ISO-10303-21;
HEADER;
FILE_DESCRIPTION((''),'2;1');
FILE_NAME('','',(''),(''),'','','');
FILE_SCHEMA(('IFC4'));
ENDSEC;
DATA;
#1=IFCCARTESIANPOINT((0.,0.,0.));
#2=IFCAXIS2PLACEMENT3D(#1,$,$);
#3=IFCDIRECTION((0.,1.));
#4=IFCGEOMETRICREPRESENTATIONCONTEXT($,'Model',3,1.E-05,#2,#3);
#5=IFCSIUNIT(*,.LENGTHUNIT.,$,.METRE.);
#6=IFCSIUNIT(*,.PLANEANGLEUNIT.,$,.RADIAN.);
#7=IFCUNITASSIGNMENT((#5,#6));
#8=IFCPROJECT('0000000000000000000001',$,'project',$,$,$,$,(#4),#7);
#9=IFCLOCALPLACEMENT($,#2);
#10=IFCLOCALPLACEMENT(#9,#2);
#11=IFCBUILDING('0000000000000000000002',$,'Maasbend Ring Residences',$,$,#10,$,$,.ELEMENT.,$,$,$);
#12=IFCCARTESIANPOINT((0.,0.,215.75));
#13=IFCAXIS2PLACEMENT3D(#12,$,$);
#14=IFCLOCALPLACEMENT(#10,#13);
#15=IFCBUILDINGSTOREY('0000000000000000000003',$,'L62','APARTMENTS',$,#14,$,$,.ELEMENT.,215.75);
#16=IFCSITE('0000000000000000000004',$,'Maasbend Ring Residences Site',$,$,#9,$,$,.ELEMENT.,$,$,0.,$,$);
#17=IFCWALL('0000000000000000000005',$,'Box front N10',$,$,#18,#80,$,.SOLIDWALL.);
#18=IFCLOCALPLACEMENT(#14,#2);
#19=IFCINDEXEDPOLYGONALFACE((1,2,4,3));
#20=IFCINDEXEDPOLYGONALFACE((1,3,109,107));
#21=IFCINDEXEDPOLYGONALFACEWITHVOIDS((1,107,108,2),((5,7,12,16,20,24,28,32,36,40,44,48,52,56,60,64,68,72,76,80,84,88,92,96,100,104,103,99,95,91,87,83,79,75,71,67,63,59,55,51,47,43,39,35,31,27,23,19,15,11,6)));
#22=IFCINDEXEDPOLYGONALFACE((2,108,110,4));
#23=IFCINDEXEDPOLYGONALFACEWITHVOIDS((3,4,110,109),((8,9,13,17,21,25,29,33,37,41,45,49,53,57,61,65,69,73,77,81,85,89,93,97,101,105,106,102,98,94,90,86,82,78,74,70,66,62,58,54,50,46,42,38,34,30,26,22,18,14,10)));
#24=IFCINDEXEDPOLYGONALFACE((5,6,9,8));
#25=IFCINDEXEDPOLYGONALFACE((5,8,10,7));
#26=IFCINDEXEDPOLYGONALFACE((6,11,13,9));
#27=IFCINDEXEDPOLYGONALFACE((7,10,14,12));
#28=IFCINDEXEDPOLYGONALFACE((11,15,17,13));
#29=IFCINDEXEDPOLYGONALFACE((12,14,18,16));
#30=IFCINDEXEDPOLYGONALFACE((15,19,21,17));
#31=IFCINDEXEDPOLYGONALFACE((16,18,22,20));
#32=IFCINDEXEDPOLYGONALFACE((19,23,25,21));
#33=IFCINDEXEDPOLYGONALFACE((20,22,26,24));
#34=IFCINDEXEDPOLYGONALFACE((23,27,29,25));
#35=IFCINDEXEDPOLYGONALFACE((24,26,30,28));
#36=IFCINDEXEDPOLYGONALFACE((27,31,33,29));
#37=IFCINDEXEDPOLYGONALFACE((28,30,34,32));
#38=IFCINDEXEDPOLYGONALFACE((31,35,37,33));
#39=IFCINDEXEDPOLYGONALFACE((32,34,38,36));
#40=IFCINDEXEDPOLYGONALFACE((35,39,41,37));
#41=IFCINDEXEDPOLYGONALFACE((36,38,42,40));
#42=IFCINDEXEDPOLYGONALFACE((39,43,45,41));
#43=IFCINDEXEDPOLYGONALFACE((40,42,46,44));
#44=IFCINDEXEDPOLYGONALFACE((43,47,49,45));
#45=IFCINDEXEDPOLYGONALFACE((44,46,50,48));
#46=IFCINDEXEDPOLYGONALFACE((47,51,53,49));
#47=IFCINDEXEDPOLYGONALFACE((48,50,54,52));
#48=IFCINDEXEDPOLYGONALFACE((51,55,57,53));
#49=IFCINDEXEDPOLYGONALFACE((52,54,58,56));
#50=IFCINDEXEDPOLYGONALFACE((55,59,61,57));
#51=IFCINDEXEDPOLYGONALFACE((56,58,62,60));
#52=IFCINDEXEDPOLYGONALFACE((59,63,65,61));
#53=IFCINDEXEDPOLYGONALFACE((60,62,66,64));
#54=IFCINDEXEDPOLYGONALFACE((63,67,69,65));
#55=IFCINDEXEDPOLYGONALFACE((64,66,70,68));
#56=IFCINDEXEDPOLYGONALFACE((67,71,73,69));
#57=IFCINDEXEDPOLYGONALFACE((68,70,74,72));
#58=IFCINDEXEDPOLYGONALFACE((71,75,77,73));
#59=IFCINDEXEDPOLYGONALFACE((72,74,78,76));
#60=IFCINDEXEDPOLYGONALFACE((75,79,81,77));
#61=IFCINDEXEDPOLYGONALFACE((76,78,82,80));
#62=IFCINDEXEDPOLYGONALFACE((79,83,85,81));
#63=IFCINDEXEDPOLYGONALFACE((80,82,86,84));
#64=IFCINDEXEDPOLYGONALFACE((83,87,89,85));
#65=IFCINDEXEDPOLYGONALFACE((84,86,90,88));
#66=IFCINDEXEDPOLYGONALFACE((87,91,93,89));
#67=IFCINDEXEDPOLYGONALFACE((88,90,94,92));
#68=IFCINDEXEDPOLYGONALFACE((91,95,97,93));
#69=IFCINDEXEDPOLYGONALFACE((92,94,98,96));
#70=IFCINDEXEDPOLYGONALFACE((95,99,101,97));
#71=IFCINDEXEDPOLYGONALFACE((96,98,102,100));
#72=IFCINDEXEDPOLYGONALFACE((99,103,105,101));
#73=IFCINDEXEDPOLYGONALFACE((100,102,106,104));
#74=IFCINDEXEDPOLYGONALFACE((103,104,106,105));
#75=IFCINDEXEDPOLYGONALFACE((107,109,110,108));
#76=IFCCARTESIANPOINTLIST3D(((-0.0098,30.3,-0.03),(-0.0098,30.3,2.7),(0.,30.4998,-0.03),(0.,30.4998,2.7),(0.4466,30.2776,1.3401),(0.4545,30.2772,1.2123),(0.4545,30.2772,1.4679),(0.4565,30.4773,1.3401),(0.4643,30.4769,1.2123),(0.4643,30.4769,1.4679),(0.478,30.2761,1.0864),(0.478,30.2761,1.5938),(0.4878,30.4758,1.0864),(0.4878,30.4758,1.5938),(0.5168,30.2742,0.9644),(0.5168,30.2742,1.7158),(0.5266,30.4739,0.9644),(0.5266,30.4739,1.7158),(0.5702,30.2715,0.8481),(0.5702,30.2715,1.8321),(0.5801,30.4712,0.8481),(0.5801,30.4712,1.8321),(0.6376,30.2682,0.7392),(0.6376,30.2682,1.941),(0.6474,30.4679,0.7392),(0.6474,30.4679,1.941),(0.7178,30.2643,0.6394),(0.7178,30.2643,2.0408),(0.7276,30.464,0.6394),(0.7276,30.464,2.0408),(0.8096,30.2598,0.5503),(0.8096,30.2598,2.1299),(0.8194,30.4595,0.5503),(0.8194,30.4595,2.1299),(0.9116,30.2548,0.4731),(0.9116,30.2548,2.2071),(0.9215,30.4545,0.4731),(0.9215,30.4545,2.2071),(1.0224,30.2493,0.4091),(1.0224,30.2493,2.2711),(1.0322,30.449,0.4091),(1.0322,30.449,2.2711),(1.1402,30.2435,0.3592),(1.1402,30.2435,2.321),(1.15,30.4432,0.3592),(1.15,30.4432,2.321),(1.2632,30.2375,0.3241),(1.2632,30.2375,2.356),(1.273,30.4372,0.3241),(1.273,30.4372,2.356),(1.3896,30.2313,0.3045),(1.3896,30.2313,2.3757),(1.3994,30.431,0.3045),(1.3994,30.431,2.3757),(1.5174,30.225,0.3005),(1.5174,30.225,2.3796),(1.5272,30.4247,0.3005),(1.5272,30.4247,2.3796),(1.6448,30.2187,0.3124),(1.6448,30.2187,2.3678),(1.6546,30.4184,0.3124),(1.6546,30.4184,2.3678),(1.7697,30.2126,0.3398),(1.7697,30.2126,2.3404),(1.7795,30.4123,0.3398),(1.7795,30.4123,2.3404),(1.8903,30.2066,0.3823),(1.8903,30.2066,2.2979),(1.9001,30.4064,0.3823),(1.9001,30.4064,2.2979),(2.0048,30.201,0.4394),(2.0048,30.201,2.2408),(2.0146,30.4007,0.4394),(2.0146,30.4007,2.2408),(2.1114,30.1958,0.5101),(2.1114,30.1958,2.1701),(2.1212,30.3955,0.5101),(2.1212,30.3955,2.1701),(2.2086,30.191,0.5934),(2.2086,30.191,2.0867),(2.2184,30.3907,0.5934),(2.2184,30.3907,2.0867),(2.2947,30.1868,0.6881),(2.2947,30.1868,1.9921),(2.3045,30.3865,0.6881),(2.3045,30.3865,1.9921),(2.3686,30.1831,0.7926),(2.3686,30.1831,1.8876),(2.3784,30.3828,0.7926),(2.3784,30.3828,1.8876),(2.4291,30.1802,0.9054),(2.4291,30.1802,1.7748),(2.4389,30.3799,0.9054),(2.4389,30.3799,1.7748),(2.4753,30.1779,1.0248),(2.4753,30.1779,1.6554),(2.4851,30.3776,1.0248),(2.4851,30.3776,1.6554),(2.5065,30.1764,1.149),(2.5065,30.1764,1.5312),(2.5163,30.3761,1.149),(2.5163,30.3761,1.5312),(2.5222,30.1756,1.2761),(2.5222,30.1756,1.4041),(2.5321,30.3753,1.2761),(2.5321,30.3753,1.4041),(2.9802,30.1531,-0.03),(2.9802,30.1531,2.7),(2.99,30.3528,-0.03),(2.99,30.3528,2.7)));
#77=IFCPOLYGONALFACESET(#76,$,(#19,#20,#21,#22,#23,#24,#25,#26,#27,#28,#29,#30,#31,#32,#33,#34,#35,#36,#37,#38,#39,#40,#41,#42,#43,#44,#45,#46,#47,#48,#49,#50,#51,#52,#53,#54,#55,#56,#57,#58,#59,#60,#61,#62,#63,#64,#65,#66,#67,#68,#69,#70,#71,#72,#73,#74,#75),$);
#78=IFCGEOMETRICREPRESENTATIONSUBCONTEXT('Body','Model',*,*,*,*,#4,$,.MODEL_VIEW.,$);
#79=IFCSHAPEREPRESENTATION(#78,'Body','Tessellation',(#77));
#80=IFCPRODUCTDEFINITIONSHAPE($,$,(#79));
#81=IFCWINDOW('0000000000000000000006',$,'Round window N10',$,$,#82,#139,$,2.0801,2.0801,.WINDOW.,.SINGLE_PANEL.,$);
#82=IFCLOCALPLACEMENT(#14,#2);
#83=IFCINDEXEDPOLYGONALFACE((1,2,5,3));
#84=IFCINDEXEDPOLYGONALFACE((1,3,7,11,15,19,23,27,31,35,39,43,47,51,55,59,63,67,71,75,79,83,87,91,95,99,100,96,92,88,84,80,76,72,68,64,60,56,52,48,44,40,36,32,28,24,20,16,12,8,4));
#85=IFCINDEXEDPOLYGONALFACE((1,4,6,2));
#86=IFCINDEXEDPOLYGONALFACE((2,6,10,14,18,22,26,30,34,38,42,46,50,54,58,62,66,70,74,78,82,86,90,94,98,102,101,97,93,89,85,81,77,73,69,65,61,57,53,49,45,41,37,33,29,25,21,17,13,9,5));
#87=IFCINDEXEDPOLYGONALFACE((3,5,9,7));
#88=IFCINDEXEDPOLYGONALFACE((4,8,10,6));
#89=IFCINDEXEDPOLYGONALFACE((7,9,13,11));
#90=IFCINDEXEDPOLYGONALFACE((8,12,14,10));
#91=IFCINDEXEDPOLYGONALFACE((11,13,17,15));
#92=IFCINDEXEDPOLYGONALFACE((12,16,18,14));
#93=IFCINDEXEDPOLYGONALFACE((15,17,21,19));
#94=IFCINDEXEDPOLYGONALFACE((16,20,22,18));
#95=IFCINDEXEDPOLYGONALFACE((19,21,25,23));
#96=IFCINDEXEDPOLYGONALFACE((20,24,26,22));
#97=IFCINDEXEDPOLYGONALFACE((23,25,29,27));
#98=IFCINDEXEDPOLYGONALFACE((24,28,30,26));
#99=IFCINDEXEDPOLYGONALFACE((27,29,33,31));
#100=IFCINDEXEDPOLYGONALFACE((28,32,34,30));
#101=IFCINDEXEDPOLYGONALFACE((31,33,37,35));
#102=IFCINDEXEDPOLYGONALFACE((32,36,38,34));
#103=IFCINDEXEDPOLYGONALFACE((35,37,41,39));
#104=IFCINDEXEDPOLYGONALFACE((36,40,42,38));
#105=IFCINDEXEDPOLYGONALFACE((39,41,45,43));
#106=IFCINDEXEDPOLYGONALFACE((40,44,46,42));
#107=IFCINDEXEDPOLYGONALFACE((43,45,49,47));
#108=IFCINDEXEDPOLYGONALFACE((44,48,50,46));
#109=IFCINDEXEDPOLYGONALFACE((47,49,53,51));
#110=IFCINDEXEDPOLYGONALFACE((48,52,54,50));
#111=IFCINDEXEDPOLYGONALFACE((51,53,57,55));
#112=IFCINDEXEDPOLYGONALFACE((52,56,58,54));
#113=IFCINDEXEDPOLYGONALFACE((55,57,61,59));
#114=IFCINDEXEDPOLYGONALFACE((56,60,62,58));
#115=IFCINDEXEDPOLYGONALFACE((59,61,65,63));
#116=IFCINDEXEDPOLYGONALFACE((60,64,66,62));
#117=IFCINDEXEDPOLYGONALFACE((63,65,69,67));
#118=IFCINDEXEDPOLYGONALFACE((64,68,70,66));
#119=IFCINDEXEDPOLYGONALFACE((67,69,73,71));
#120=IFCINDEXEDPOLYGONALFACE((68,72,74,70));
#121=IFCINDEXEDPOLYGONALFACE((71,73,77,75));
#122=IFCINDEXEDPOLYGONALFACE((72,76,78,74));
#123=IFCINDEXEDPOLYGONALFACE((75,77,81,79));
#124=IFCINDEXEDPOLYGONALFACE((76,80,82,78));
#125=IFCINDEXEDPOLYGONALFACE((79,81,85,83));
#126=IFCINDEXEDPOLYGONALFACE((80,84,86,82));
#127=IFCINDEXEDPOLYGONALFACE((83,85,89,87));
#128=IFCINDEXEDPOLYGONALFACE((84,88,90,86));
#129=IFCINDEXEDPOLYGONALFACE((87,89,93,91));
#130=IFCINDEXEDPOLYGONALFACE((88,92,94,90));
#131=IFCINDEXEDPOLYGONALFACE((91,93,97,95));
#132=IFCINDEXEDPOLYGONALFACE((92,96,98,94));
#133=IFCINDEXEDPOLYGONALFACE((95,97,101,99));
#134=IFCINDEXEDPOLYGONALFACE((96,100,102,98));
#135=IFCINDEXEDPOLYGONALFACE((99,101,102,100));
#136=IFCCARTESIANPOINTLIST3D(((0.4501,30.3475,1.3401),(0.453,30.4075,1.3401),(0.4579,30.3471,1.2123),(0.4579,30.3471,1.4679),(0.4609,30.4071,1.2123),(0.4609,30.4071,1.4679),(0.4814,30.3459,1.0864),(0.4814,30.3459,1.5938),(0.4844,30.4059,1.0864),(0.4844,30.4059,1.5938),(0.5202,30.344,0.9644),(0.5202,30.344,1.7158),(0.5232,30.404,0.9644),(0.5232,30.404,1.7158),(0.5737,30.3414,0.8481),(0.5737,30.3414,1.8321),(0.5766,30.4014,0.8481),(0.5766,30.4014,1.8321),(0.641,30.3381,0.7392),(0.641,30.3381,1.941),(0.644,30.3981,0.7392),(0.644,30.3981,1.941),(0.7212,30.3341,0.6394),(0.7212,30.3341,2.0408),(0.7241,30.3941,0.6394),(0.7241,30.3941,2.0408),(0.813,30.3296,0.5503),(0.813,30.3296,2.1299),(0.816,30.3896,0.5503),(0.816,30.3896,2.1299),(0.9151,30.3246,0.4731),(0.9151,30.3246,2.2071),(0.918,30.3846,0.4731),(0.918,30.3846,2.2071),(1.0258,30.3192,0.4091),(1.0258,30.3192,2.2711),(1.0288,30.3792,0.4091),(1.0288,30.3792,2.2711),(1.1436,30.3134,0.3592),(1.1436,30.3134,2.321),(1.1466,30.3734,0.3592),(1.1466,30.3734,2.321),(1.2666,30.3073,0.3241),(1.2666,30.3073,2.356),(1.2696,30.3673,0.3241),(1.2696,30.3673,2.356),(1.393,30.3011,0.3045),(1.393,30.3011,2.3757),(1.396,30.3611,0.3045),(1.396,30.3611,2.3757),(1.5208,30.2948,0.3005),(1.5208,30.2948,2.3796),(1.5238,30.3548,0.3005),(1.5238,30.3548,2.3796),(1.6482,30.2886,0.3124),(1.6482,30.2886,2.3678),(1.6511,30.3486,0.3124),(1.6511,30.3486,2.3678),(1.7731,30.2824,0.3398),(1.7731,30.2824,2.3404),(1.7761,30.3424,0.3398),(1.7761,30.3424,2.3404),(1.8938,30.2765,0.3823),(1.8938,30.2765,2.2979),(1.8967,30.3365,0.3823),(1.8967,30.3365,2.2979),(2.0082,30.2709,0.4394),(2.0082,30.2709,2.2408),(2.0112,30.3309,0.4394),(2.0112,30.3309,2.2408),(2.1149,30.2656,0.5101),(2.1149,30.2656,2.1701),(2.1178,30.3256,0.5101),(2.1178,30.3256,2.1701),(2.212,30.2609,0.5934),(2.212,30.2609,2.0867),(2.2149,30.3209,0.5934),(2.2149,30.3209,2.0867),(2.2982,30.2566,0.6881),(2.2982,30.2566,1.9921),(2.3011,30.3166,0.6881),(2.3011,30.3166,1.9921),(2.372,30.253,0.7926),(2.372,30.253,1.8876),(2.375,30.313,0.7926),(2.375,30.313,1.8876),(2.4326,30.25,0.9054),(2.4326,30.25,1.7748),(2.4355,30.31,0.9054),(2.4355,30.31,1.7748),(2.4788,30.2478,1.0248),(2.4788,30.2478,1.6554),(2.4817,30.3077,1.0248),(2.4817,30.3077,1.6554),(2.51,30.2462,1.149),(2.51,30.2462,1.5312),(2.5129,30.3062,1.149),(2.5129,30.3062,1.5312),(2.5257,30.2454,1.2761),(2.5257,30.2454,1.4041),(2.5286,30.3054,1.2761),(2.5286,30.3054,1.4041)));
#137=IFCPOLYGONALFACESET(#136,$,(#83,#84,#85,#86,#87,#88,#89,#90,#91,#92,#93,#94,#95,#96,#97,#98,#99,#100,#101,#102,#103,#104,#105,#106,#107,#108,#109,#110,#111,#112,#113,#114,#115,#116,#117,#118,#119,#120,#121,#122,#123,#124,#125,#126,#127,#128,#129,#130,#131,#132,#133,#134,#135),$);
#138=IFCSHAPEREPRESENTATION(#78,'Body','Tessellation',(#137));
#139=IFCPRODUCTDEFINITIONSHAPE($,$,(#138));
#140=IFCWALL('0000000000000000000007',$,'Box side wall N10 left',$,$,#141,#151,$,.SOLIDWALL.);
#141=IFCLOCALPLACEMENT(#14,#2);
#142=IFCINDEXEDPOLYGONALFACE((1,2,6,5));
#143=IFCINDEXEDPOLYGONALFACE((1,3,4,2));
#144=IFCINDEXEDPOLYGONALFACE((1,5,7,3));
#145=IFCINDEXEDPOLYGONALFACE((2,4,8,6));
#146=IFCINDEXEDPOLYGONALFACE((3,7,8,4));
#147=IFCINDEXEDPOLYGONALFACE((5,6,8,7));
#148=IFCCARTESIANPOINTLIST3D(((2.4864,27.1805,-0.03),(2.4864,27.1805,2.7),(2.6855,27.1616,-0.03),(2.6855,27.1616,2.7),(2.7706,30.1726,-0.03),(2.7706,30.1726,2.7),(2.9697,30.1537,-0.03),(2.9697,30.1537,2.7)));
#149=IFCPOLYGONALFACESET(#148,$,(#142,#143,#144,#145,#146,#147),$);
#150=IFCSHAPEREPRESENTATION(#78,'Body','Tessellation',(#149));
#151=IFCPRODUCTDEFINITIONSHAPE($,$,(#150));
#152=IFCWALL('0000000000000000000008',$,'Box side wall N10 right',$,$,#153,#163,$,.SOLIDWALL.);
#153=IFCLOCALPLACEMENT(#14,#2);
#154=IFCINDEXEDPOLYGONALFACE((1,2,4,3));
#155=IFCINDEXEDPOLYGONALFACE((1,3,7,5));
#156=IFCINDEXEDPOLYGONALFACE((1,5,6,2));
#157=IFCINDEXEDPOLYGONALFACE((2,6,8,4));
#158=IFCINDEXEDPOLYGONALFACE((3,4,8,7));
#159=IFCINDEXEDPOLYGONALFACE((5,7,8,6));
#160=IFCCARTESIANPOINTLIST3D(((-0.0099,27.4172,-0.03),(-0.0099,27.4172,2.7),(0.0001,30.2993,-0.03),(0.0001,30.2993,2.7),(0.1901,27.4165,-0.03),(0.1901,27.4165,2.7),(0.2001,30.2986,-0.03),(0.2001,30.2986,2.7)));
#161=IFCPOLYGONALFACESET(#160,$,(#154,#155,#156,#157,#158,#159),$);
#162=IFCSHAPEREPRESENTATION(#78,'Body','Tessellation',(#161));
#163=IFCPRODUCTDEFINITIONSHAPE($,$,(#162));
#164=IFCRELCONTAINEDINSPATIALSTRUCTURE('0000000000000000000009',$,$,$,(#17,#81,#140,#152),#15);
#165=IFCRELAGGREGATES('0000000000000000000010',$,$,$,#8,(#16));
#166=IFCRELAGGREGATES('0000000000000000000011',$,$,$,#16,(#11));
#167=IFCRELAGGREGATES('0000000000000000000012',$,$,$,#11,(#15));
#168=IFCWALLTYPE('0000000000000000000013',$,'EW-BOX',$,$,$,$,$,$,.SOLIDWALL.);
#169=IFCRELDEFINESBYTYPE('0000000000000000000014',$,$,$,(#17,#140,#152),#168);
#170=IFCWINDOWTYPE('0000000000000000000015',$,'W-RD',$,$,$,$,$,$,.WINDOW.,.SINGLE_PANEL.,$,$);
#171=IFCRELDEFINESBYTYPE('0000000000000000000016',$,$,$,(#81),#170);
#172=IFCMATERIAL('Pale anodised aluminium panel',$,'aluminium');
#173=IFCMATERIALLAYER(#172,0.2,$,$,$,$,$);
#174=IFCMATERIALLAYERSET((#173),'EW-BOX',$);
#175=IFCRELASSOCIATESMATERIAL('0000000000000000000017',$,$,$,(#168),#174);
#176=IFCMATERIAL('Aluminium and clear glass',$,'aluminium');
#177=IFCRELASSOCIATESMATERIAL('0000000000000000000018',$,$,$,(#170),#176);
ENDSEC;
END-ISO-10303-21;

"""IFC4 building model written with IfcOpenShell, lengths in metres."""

from ifc_helpers import new_model, si_unit, direction, frame, frame_2d, origin, place, context, subcontext, project, spatial, rectangle, circle, extrude, material, layer, layer_set, type_object, element, fill, save


model = new_model("IFC4")

# Units and contexts
model_context = context("Model", 3, precision=1e-05, world=origin(), true_north=direction((0.0, 1.0)))
body_context = subcontext(model_context, "Body", "Model", "MODEL_VIEW")
ifc_project = project(units=[si_unit("LENGTHUNIT", "METRE"), si_unit("PLANEANGLEUNIT", "RADIAN")], contexts=[model_context])

# Site, building, storey
site_placement = place(None, origin())
site = spatial("IfcSite", under=ifc_project, at=site_placement, Name="Maasbend Ring Residences Site", CompositionType="ELEMENT", RefElevation=0.0)
building_placement = place(site_placement, origin())
building = spatial("IfcBuilding", under=site, at=building_placement, Name="Maasbend Ring Residences", CompositionType="ELEMENT")
storey_placement = place(building_placement, frame((0.0, 0.0, 215.75)))
storey = spatial("IfcBuildingStorey", under=building, at=storey_placement, Name="L62", Description="APARTMENTS", CompositionType="ELEMENT", Elevation=215.75)

# Shared definitions
ifc_material_1 = material(Name="Pale anodised aluminium panel", Category="aluminium")
ifc_layer_1 = layer(ifc_material_1, 0.2)
ifc_layer_set_1 = layer_set([ifc_layer_1], Name="EW-BOX")
wall_type_1 = type_object("IfcWallType", Name="EW-BOX", PredefinedType="SOLIDWALL", material=ifc_layer_set_1)

# Shared definitions
ifc_material_2 = material(Name="Aluminium and clear glass", Category="aluminium")
window_type_1 = type_object("IfcWindowType", Name="W-RD", PartitioningType="SINGLE_PANEL", PredefinedType="WINDOW", material=ifc_material_2)

# Wall, opening, window
wall_1_placement = place(storey_placement, frame((2.9851, 30.2529, -0.03), z_axis=(0.0, 0.0, 1.0), x_axis=(-0.998794, 0.049096, 0.0)))
wall_1 = element("IfcWall", 1, at=wall_1_placement, inside=storey, type_object=wall_type_1, Name="Box front N10", PredefinedType="SOLIDWALL", context=body_context, shape_type="SweptSolid", body=[
    extrude(rectangle(XDim=2.9937, YDim=0.2, at=frame_2d((1.4968, 0.0))), origin(), (0.0, 0.0, 1.0), 2.73),
])
opening_1_placement = place(wall_1_placement, frame((0.4565, 0.0, 0.3301)))
opening_1 = element("IfcOpeningElement", 2, at=opening_1_placement, cuts=wall_1, PredefinedType="OPENING", context=body_context, shape_type="SweptSolid", body=[
    extrude(circle(Radius=1.04, at=frame_2d((1.04, 1.04))), frame((0.0, 0.1099, 0.0), z_axis=(0.0, -1.0, 0.0), x_axis=(1.0, 0.0, 0.0)), (0.0, 0.0, 1.0), 0.22),
])
window_1_placement = place(opening_1_placement, origin())
window_1 = element("IfcWindow", 3, at=window_1_placement, inside=storey, type_object=window_type_1, Name="Round window N10", OverallHeight=2.0801, OverallWidth=2.0801, PartitioningType="SINGLE_PANEL", PredefinedType="WINDOW", context=body_context, shape_type="SweptSolid", body=[
    extrude(circle(Radius=1.04, at=frame_2d((1.04, 1.04))), frame((0.0, 0.03, 0.0), z_axis=(0.0, -1.0, 0.0), x_axis=(1.0, 0.0, 0.0)), (0.0, 0.0, 1.0), 0.0601),
])
fill(opening_1, window_1)

# Walls
wall_2_placement = place(storey_placement, frame((2.5859, 27.1709, -0.03), z_axis=(0.0, 0.0, 1.0), x_axis=(0.094548, 0.99552, 0.0)))
element("IfcWall", 4, at=wall_2_placement, inside=storey, type_object=wall_type_1, Name="Box side wall N10 left", PredefinedType="SOLIDWALL", context=body_context, shape_type="SweptSolid", body=[
    extrude(rectangle(XDim=3.0056, YDim=0.2, at=frame_2d((1.5029, 0.0))), origin(), (0.0, 0.0, 1.0), 2.73),
])
wall_3_placement = place(storey_placement, frame((0.0901, 27.417, -0.03), z_axis=(0.0, 0.0, 1.0), x_axis=(0.003473, 0.999994, 0.0)))
element("IfcWall", 5, at=wall_3_placement, inside=storey, type_object=wall_type_1, Name="Box side wall N10 right", PredefinedType="SOLIDWALL", context=body_context, shape_type="SweptSolid", body=[
    extrude(rectangle(XDim=2.8821, YDim=0.2, at=frame_2d((1.4409, 0.0))), origin(), (0.0, 0.0, 1.0), 2.73),
])

save(model, "model.ifc")
